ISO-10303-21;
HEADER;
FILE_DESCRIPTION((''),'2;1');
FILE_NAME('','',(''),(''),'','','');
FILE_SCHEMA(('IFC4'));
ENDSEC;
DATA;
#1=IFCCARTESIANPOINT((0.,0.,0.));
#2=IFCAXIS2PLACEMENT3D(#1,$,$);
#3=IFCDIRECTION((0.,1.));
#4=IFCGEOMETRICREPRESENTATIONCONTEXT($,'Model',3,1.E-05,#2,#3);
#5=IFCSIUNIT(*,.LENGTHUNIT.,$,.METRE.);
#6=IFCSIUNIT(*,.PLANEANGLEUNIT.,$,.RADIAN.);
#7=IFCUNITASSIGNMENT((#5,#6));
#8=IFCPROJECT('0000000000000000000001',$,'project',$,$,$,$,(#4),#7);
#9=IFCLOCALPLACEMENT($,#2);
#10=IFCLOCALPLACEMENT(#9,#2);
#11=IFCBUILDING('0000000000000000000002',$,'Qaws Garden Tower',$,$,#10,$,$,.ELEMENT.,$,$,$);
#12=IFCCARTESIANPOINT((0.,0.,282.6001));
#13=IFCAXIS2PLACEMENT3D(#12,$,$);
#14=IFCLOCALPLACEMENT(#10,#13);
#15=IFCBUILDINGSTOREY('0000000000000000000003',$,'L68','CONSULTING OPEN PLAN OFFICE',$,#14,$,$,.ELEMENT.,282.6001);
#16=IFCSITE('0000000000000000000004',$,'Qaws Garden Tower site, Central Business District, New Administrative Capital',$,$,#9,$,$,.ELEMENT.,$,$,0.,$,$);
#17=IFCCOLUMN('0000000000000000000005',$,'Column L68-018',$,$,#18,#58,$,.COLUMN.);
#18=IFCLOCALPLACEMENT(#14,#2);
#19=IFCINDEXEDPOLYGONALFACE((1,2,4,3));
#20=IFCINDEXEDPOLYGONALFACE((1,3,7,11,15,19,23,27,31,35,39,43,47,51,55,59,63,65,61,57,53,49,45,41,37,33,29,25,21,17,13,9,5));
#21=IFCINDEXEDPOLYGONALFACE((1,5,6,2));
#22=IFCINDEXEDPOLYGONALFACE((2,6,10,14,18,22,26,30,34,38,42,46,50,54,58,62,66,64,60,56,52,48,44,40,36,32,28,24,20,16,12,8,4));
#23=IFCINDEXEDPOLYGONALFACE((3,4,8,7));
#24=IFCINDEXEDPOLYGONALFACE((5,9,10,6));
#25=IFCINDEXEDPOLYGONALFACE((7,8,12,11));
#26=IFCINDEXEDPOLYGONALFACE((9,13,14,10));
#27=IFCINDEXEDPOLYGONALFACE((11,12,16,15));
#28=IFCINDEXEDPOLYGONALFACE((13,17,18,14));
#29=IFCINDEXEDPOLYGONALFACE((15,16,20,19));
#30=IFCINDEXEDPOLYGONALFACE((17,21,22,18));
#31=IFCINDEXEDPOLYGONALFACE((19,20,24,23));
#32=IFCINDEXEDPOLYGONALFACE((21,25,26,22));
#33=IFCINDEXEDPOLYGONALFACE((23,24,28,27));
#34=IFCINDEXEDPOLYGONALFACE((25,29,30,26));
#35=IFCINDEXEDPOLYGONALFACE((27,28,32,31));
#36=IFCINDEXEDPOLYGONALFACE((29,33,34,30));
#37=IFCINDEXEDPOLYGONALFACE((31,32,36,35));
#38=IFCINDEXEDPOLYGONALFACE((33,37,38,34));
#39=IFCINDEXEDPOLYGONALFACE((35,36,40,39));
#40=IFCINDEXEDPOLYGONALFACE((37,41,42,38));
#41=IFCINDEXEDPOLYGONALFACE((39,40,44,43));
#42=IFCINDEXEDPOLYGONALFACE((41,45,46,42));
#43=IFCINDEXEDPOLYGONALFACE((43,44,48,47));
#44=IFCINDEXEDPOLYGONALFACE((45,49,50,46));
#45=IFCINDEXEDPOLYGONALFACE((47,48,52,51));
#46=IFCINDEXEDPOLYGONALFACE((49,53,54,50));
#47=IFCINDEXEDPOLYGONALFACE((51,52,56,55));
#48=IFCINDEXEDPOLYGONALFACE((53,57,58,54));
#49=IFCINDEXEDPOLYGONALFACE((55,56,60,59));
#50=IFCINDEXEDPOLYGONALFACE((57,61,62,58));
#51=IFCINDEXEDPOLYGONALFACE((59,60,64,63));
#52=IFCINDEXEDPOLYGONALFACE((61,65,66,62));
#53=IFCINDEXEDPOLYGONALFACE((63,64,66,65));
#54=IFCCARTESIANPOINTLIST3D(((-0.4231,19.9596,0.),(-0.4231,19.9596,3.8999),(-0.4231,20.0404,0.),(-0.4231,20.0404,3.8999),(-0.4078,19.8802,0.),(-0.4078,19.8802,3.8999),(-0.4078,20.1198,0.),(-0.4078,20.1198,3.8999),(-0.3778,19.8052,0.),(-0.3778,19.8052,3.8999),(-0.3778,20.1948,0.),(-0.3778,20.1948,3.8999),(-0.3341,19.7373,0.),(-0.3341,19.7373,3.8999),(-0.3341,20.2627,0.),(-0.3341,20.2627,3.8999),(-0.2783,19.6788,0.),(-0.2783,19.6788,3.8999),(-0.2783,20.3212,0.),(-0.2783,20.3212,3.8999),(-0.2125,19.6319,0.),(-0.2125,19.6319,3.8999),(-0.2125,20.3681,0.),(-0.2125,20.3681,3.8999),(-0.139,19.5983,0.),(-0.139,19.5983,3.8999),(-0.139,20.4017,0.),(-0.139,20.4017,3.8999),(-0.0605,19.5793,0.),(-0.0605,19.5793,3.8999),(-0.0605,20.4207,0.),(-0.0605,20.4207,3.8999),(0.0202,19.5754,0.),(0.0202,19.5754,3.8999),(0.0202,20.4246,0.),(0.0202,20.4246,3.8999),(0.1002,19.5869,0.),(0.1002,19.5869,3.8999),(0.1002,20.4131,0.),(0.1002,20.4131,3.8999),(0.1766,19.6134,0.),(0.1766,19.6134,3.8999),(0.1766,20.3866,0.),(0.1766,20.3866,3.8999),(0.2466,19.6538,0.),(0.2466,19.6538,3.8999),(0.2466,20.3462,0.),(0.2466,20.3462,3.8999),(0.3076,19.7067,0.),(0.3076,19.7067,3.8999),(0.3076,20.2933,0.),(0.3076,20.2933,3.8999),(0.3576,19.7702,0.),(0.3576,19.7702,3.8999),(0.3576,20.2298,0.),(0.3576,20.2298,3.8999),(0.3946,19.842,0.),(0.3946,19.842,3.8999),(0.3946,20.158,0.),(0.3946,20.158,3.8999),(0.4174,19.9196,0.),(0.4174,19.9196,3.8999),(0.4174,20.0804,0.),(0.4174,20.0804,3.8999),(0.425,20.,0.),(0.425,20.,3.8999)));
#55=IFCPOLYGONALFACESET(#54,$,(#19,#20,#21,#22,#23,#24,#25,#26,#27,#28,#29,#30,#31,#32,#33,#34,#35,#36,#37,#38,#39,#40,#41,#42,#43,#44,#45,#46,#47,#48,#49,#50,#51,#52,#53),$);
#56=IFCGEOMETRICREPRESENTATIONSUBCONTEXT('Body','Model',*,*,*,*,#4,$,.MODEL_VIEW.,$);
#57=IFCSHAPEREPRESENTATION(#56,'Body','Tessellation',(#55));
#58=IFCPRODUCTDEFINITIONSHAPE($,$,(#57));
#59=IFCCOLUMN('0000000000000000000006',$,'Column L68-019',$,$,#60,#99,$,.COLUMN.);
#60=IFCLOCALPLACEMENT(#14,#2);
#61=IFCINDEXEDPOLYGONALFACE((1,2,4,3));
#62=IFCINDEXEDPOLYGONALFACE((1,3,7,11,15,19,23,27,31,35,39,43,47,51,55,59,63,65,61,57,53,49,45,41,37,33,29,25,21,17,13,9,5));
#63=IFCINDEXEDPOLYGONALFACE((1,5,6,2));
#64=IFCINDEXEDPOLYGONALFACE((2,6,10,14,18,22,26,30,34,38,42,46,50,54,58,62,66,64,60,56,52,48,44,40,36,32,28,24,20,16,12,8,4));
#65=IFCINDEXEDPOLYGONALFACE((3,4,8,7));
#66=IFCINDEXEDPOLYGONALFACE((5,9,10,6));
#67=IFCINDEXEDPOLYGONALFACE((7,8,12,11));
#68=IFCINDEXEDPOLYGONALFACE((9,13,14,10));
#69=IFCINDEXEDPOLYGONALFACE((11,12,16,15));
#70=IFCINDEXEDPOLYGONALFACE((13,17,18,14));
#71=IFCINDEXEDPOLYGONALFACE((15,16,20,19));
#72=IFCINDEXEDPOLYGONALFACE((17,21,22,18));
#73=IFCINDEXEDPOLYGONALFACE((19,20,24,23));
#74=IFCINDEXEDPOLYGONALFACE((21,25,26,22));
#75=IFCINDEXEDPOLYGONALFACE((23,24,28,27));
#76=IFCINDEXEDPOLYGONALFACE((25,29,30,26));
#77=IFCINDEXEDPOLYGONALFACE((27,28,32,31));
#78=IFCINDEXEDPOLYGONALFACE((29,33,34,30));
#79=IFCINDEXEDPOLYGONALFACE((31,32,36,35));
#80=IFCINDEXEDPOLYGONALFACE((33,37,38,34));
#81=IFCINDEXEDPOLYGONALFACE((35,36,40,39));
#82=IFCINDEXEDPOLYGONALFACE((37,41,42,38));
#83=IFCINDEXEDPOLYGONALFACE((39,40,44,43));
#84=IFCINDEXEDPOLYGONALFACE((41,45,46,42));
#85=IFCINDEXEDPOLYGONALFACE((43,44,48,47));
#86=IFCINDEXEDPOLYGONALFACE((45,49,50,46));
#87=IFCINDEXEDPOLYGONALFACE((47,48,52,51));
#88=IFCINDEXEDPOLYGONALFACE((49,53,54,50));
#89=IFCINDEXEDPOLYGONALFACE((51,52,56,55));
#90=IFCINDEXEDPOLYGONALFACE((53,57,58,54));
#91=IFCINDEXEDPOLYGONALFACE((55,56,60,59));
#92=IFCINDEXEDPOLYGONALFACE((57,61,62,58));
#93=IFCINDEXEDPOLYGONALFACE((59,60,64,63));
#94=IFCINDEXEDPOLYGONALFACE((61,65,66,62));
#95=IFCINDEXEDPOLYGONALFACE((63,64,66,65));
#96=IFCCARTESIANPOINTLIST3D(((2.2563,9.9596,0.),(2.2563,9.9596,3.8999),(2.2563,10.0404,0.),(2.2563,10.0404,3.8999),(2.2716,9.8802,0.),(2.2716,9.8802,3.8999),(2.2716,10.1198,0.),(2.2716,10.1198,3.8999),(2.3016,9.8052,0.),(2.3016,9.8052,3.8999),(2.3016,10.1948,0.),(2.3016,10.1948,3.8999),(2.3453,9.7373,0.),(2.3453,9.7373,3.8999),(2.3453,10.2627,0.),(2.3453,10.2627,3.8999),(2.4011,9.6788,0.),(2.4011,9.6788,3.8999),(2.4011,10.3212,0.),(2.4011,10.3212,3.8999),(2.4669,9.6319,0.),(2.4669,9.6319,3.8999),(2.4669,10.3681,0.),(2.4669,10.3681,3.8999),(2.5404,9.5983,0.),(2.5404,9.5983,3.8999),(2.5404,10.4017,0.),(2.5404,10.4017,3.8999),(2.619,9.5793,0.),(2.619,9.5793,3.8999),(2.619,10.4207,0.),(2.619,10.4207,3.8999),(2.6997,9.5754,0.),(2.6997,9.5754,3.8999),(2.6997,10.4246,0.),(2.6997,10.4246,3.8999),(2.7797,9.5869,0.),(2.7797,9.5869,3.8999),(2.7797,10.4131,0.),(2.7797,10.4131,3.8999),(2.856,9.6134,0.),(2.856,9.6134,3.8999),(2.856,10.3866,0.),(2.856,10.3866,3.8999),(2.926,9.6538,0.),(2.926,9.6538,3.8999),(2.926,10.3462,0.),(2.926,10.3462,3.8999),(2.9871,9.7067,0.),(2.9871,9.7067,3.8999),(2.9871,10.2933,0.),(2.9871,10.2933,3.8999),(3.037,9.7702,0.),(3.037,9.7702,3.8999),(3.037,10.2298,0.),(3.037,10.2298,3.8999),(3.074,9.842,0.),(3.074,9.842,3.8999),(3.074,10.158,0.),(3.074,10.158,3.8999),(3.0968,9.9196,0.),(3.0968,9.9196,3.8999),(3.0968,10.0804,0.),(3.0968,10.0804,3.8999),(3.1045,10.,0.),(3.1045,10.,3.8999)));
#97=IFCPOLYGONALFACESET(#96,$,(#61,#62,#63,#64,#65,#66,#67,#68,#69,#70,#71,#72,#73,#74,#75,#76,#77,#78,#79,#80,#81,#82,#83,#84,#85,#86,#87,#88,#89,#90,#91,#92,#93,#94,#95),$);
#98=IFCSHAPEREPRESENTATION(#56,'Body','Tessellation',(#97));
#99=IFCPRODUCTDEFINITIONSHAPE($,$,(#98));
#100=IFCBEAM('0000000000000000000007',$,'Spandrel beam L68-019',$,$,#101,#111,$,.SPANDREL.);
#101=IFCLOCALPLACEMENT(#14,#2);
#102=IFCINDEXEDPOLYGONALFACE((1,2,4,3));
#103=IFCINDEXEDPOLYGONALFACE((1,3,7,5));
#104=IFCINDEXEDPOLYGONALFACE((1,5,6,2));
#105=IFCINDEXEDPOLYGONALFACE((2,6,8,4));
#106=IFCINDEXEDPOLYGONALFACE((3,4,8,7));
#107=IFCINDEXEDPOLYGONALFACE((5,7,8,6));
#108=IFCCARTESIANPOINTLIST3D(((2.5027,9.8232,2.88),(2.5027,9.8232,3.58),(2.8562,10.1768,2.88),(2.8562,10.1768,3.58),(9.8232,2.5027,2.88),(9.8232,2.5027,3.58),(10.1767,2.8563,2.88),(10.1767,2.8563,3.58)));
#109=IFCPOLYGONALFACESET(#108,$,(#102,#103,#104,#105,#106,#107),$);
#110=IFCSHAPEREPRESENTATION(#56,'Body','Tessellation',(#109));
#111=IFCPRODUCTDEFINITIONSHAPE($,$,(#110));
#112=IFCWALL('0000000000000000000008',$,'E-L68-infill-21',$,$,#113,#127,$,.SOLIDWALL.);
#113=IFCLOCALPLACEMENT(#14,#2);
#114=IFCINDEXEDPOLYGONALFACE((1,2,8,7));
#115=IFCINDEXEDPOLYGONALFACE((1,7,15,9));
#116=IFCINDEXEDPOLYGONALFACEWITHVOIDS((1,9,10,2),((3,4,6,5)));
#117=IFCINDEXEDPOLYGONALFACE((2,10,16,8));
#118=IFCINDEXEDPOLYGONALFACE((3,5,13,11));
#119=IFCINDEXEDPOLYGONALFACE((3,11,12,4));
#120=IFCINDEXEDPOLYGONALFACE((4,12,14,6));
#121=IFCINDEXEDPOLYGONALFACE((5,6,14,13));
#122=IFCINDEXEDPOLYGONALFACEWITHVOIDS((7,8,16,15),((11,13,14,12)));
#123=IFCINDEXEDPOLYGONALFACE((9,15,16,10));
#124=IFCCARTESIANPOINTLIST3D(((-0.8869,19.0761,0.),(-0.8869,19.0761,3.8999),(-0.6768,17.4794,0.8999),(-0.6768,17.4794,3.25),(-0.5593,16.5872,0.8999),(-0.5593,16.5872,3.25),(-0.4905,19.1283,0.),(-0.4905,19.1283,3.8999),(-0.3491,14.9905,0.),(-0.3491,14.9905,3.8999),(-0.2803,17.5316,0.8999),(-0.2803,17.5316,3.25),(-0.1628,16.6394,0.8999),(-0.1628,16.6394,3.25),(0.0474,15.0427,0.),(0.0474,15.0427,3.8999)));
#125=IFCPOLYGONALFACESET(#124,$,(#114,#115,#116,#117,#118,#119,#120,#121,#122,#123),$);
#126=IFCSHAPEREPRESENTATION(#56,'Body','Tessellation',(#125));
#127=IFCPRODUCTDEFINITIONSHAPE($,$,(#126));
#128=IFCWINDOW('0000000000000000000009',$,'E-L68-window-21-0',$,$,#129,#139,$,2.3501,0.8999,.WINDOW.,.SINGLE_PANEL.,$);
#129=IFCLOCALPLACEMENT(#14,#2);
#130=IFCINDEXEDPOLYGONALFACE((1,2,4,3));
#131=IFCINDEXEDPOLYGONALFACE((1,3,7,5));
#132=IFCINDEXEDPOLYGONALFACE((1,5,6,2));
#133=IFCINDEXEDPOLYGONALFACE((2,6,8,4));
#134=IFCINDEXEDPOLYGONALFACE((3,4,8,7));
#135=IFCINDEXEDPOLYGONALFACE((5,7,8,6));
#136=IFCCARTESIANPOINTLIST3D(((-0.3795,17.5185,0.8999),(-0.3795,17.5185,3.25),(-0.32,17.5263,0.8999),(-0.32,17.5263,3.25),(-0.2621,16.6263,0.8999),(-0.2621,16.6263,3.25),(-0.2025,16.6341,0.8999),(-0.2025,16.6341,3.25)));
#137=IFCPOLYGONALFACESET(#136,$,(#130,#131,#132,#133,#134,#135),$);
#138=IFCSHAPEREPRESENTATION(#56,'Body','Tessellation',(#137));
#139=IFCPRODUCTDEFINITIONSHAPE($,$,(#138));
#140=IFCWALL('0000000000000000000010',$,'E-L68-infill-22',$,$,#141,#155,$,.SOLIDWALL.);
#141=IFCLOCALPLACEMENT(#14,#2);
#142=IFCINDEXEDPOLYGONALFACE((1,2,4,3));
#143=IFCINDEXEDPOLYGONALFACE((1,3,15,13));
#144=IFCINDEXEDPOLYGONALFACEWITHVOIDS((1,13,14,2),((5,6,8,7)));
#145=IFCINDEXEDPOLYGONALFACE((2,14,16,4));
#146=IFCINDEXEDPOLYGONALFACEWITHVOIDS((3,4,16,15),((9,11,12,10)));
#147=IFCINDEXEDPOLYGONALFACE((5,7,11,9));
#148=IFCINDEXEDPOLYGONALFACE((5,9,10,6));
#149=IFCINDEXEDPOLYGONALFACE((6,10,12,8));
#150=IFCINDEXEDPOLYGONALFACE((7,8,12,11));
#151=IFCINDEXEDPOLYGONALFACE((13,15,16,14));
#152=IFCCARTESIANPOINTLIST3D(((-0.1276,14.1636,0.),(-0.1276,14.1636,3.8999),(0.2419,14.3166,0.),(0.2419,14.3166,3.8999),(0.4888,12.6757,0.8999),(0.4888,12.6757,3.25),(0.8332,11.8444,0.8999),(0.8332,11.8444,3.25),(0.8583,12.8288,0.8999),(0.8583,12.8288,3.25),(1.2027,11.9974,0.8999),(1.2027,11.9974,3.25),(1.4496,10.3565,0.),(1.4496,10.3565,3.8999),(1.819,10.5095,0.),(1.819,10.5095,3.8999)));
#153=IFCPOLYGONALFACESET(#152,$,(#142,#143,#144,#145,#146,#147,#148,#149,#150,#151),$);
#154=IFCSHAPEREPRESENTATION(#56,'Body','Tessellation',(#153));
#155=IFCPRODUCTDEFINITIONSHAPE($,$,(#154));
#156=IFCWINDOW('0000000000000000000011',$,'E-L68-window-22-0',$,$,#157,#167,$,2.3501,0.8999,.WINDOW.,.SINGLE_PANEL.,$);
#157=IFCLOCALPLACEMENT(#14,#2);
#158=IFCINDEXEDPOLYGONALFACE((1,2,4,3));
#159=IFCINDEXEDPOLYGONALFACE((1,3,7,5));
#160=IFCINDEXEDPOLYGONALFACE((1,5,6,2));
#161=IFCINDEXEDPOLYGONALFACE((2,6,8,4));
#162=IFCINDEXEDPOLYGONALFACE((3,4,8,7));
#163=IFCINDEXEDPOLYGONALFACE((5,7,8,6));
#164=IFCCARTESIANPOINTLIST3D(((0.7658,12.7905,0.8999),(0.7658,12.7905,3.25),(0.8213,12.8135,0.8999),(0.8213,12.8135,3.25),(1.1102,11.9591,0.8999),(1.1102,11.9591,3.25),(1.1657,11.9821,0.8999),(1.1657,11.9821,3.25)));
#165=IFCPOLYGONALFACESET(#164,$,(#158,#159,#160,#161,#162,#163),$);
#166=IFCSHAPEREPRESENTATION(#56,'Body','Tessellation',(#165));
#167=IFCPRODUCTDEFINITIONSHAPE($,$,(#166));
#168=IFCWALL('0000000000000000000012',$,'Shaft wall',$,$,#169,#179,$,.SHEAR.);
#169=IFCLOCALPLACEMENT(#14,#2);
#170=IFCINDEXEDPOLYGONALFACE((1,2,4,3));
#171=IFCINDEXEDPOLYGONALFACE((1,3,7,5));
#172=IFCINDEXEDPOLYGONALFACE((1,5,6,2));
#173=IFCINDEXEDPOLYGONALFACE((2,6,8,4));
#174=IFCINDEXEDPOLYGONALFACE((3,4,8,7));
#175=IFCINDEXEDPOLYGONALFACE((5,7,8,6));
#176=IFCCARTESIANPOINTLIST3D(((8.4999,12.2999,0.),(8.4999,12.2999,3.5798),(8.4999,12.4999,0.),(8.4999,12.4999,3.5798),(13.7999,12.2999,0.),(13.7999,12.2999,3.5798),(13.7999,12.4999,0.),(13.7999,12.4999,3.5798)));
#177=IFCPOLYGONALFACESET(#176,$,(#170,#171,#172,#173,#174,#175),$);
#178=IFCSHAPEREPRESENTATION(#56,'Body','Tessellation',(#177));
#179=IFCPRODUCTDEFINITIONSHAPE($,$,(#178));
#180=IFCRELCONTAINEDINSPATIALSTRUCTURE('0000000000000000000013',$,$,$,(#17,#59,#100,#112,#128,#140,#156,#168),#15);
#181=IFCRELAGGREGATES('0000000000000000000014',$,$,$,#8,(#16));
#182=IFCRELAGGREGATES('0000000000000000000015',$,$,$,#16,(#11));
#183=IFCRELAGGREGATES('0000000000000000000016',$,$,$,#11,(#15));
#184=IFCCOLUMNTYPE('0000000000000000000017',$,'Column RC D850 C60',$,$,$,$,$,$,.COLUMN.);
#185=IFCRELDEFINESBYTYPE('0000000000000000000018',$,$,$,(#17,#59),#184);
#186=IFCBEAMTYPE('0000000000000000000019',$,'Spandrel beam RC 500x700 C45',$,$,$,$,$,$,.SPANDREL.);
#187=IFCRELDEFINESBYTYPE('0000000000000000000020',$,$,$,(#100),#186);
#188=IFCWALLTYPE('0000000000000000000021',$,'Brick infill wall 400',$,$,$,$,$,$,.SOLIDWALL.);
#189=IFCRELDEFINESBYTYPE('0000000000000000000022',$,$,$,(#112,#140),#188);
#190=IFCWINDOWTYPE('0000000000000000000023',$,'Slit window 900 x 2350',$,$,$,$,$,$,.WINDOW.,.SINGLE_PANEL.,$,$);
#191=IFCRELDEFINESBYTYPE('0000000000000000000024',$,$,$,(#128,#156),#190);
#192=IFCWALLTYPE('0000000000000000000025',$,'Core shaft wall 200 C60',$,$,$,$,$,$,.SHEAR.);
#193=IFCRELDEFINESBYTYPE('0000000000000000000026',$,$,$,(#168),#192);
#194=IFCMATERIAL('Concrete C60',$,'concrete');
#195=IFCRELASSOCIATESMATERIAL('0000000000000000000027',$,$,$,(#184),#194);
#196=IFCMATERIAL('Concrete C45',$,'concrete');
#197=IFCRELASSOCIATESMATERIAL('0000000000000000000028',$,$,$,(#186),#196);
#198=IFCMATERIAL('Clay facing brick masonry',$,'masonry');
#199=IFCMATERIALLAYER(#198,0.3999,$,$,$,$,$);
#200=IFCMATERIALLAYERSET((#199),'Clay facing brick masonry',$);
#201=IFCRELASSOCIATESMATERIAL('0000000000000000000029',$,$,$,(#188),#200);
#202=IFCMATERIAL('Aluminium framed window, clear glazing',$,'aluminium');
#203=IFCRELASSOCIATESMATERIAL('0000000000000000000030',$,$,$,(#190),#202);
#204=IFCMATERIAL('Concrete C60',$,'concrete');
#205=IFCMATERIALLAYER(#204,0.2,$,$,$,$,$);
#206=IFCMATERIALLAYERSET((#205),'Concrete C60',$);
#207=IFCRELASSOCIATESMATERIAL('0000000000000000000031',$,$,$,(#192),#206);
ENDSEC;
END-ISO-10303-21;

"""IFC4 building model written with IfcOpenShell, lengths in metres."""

from ifc_helpers import new_model, si_unit, direction, frame, frame_2d, origin, origin_2d, place, context, subcontext, project, spatial, rectangle, circle, extrude, material, layer, layer_set, material_profile, profile_set, type_object, element, fill, save


model = new_model("IFC4")

# Units and contexts
model_context = context("Model", 3, precision=1e-05, world=origin(), true_north=direction((0.0, 1.0)))
body_context = subcontext(model_context, "Body", "Model", "MODEL_VIEW")
ifc_project = project(units=[si_unit("LENGTHUNIT", "METRE"), si_unit("PLANEANGLEUNIT", "RADIAN")], contexts=[model_context])

# Site, building, storey
site_placement = place(None, origin())
site = spatial("IfcSite", under=ifc_project, at=site_placement, Name="Qaws Garden Tower site, Central Business District, New Administrative Capital", CompositionType="ELEMENT", RefElevation=0.0)
building_placement = place(site_placement, origin())
building = spatial("IfcBuilding", under=site, at=building_placement, Name="Qaws Garden Tower", CompositionType="ELEMENT")
storey_placement = place(building_placement, frame((0.0, 0.0, 282.6001)))
storey = spatial("IfcBuildingStorey", under=building, at=storey_placement, Name="L68", Description="CONSULTING OPEN PLAN OFFICE", CompositionType="ELEMENT", Elevation=282.6001)

# Columns
ifc_material_1 = material(Name="Concrete C60", Category="concrete")
ifc_material_profile_1 = material_profile(ifc_material_1, circle(Radius=0.425, at=origin_2d()), Name="RC D850")
ifc_profile_set_1 = profile_set([ifc_material_profile_1], Name="Concrete C60")
column_type = type_object("IfcColumnType", Name="Column RC D850 C60", PredefinedType="COLUMN", material=ifc_profile_set_1)
for number, where, z_axis, x_axis, name in (
    (1, (0.0, 20.0, 0.0), (0.0, 0.0, 1.0), (1.0, 0.0, 0.0), "Column L68-018"),
    (2, (2.6794, 10.0, 0.0), (0.0, 0.0, 1.0), (1.0, 0.0, 0.0), "Column L68-019"),
):
    element("IfcColumn", number, at=place(storey_placement, frame(where, z_axis=z_axis, x_axis=x_axis)), inside=storey, type_object=column_type, Name=name, PredefinedType="COLUMN", context=body_context, shape_type="SweptSolid", body=[
        extrude(circle(Radius=0.425, at=origin_2d()), origin(), (0.0, 0.0, 1.0), 3.8999),
    ])

# Beam
ifc_material_2 = material(Name="Concrete C45", Category="concrete")
ifc_material_profile_2 = material_profile(ifc_material_2, rectangle(XDim=0.5, YDim=0.7, at=origin_2d()), Name="RC 500x700")
ifc_profile_set_2 = profile_set([ifc_material_profile_2], Name="Concrete C45")
beam_type = type_object("IfcBeamType", Name="Spandrel beam RC 500x700 C45", PredefinedType="SPANDREL", material=ifc_profile_set_2)
beam_placement = place(storey_placement, frame((2.6794, 10.0, 3.23), z_axis=(0.707107, -0.707107, 0.0), x_axis=(0.707107, 0.707107, 0.0)))
element("IfcBeam", 3, at=beam_placement, inside=storey, type_object=beam_type, Name="Spandrel beam L68-019", PredefinedType="SPANDREL", context=body_context, shape_type="SweptSolid", body=[
    extrude(rectangle(XDim=0.5, YDim=0.7, at=origin_2d()), origin(), (0.0, 0.0, 1.0), 10.3528),
])

# Walls, openings, windows
ifc_material_3 = material(Name="Clay facing brick masonry", Category="masonry")
ifc_layer_1 = layer(ifc_material_3, 0.3999)
ifc_layer_set_1 = layer_set([ifc_layer_1], Name="Clay facing brick masonry")
wall_type_1 = type_object("IfcWallType", Name="Brick infill wall 400", PredefinedType="SOLIDWALL", material=ifc_layer_set_1)
wall_1_placement = place(storey_placement, frame((-0.6887, 19.1023, 0.0), z_axis=(0.0, 0.0, 1.0), x_axis=(0.130514, -0.991446, 0.0)))
wall_1 = element("IfcWall", 4, at=wall_1_placement, inside=storey, type_object=wall_type_1, Name="E-L68-infill-21", PredefinedType="SOLIDWALL", context=body_context, shape_type="SweptSolid", body=[
    extrude(rectangle(XDim=4.1208, YDim=0.3999, at=frame_2d((2.0605, 0.0))), origin(), (0.0, 0.0, 1.0), 3.8999),
])
opening_1_placement = place(wall_1_placement, frame((1.6106, 0.0, 0.8999)))
opening_1 = element("IfcOpeningElement", 5, at=opening_1_placement, cuts=wall_1, PredefinedType="OPENING", context=body_context, shape_type="SweptSolid", body=[
    extrude(rectangle(XDim=0.8999, YDim=2.3501, at=frame_2d((0.45, 1.175))), frame((0.0, 0.21, 0.0), z_axis=(0.0, -1.0, 0.0), x_axis=(1.0, 0.0, 0.0)), (0.0, 0.0, 1.0), 0.4199),
])
ifc_material_4 = material(Name="Aluminium framed window, clear glazing", Category="aluminium")
window_type = type_object("IfcWindowType", Name="Slit window 900 x 2350", PartitioningType="SINGLE_PANEL", PredefinedType="WINDOW", material=ifc_material_4)
window_1_placement = place(opening_1_placement, origin())
window_1 = element("IfcWindow", 6, at=window_1_placement, inside=storey, type_object=window_type, Name="E-L68-window-21-0", OverallHeight=2.3501, OverallWidth=0.8999, PartitioningType="SINGLE_PANEL", PredefinedType="WINDOW", context=body_context, shape_type="SweptSolid", body=[
    extrude(rectangle(XDim=0.8999, YDim=2.3501, at=frame_2d((0.45, 1.175))), frame((0.0, 0.1599, 0.0), z_axis=(0.0, -1.0, 0.0), x_axis=(1.0, 0.0, 0.0)), (0.0, 0.0, 1.0), 0.0601),
])
fill(opening_1, window_1)
wall_2_placement = place(storey_placement, frame((0.0571, 14.2402, 0.0), z_axis=(0.0, 0.0, 1.0), x_axis=(0.382722, -0.923864, 0.0)))
wall_2 = element("IfcWall", 7, at=wall_2_placement, inside=storey, type_object=wall_type_1, Name="E-L68-infill-22", PredefinedType="SOLIDWALL", context=body_context, shape_type="SweptSolid", body=[
    extrude(rectangle(XDim=4.1208, YDim=0.3999, at=frame_2d((2.0605, 0.0))), origin(), (0.0, 0.0, 1.0), 3.8999),
])
opening_2_placement = place(wall_2_placement, frame((1.6106, 0.0, 0.8999)))
opening_2 = element("IfcOpeningElement", 8, at=opening_2_placement, cuts=wall_2, PredefinedType="OPENING", context=body_context, shape_type="SweptSolid", body=[
    extrude(rectangle(XDim=0.8999, YDim=2.3501, at=frame_2d((0.45, 1.175))), frame((0.0, 0.21, 0.0), z_axis=(0.0, -1.0, 0.0), x_axis=(1.0, 0.0, 0.0)), (0.0, 0.0, 1.0), 0.4199),
])
window_2_placement = place(opening_2_placement, origin())
window_2 = element("IfcWindow", 9, at=window_2_placement, inside=storey, type_object=window_type, Name="E-L68-window-22-0", OverallHeight=2.3501, OverallWidth=0.8999, PartitioningType="SINGLE_PANEL", PredefinedType="WINDOW", context=body_context, shape_type="SweptSolid", body=[
    extrude(rectangle(XDim=0.8999, YDim=2.3501, at=frame_2d((0.45, 1.175))), frame((0.0, 0.1599, 0.0), z_axis=(0.0, -1.0, 0.0), x_axis=(1.0, 0.0, 0.0)), (0.0, 0.0, 1.0), 0.0601),
])
fill(opening_2, window_2)

# Wall
ifc_material_5 = material(Name="Concrete C60", Category="concrete")
ifc_layer_2 = layer(ifc_material_5, 0.2)
ifc_layer_set_2 = layer_set([ifc_layer_2], Name="Concrete C60")
wall_type_2 = type_object("IfcWallType", Name="Core shaft wall 200 C60", PredefinedType="SHEAR", material=ifc_layer_set_2)
wall_3_placement = place(storey_placement, frame((8.5, 12.3999, 0.0), z_axis=(0.0, 0.0, 1.0), x_axis=(1.0, 0.0, 0.0)))
element("IfcWall", 10, at=wall_3_placement, inside=storey, type_object=wall_type_2, Name="Shaft wall", PredefinedType="SHEAR", context=body_context, shape_type="SweptSolid", body=[
    extrude(rectangle(XDim=5.3, YDim=0.2, at=frame_2d((2.6499, 0.0))), origin(), (0.0, 0.0, 1.0), 3.5798),
])

save(model, "model.ifc")
